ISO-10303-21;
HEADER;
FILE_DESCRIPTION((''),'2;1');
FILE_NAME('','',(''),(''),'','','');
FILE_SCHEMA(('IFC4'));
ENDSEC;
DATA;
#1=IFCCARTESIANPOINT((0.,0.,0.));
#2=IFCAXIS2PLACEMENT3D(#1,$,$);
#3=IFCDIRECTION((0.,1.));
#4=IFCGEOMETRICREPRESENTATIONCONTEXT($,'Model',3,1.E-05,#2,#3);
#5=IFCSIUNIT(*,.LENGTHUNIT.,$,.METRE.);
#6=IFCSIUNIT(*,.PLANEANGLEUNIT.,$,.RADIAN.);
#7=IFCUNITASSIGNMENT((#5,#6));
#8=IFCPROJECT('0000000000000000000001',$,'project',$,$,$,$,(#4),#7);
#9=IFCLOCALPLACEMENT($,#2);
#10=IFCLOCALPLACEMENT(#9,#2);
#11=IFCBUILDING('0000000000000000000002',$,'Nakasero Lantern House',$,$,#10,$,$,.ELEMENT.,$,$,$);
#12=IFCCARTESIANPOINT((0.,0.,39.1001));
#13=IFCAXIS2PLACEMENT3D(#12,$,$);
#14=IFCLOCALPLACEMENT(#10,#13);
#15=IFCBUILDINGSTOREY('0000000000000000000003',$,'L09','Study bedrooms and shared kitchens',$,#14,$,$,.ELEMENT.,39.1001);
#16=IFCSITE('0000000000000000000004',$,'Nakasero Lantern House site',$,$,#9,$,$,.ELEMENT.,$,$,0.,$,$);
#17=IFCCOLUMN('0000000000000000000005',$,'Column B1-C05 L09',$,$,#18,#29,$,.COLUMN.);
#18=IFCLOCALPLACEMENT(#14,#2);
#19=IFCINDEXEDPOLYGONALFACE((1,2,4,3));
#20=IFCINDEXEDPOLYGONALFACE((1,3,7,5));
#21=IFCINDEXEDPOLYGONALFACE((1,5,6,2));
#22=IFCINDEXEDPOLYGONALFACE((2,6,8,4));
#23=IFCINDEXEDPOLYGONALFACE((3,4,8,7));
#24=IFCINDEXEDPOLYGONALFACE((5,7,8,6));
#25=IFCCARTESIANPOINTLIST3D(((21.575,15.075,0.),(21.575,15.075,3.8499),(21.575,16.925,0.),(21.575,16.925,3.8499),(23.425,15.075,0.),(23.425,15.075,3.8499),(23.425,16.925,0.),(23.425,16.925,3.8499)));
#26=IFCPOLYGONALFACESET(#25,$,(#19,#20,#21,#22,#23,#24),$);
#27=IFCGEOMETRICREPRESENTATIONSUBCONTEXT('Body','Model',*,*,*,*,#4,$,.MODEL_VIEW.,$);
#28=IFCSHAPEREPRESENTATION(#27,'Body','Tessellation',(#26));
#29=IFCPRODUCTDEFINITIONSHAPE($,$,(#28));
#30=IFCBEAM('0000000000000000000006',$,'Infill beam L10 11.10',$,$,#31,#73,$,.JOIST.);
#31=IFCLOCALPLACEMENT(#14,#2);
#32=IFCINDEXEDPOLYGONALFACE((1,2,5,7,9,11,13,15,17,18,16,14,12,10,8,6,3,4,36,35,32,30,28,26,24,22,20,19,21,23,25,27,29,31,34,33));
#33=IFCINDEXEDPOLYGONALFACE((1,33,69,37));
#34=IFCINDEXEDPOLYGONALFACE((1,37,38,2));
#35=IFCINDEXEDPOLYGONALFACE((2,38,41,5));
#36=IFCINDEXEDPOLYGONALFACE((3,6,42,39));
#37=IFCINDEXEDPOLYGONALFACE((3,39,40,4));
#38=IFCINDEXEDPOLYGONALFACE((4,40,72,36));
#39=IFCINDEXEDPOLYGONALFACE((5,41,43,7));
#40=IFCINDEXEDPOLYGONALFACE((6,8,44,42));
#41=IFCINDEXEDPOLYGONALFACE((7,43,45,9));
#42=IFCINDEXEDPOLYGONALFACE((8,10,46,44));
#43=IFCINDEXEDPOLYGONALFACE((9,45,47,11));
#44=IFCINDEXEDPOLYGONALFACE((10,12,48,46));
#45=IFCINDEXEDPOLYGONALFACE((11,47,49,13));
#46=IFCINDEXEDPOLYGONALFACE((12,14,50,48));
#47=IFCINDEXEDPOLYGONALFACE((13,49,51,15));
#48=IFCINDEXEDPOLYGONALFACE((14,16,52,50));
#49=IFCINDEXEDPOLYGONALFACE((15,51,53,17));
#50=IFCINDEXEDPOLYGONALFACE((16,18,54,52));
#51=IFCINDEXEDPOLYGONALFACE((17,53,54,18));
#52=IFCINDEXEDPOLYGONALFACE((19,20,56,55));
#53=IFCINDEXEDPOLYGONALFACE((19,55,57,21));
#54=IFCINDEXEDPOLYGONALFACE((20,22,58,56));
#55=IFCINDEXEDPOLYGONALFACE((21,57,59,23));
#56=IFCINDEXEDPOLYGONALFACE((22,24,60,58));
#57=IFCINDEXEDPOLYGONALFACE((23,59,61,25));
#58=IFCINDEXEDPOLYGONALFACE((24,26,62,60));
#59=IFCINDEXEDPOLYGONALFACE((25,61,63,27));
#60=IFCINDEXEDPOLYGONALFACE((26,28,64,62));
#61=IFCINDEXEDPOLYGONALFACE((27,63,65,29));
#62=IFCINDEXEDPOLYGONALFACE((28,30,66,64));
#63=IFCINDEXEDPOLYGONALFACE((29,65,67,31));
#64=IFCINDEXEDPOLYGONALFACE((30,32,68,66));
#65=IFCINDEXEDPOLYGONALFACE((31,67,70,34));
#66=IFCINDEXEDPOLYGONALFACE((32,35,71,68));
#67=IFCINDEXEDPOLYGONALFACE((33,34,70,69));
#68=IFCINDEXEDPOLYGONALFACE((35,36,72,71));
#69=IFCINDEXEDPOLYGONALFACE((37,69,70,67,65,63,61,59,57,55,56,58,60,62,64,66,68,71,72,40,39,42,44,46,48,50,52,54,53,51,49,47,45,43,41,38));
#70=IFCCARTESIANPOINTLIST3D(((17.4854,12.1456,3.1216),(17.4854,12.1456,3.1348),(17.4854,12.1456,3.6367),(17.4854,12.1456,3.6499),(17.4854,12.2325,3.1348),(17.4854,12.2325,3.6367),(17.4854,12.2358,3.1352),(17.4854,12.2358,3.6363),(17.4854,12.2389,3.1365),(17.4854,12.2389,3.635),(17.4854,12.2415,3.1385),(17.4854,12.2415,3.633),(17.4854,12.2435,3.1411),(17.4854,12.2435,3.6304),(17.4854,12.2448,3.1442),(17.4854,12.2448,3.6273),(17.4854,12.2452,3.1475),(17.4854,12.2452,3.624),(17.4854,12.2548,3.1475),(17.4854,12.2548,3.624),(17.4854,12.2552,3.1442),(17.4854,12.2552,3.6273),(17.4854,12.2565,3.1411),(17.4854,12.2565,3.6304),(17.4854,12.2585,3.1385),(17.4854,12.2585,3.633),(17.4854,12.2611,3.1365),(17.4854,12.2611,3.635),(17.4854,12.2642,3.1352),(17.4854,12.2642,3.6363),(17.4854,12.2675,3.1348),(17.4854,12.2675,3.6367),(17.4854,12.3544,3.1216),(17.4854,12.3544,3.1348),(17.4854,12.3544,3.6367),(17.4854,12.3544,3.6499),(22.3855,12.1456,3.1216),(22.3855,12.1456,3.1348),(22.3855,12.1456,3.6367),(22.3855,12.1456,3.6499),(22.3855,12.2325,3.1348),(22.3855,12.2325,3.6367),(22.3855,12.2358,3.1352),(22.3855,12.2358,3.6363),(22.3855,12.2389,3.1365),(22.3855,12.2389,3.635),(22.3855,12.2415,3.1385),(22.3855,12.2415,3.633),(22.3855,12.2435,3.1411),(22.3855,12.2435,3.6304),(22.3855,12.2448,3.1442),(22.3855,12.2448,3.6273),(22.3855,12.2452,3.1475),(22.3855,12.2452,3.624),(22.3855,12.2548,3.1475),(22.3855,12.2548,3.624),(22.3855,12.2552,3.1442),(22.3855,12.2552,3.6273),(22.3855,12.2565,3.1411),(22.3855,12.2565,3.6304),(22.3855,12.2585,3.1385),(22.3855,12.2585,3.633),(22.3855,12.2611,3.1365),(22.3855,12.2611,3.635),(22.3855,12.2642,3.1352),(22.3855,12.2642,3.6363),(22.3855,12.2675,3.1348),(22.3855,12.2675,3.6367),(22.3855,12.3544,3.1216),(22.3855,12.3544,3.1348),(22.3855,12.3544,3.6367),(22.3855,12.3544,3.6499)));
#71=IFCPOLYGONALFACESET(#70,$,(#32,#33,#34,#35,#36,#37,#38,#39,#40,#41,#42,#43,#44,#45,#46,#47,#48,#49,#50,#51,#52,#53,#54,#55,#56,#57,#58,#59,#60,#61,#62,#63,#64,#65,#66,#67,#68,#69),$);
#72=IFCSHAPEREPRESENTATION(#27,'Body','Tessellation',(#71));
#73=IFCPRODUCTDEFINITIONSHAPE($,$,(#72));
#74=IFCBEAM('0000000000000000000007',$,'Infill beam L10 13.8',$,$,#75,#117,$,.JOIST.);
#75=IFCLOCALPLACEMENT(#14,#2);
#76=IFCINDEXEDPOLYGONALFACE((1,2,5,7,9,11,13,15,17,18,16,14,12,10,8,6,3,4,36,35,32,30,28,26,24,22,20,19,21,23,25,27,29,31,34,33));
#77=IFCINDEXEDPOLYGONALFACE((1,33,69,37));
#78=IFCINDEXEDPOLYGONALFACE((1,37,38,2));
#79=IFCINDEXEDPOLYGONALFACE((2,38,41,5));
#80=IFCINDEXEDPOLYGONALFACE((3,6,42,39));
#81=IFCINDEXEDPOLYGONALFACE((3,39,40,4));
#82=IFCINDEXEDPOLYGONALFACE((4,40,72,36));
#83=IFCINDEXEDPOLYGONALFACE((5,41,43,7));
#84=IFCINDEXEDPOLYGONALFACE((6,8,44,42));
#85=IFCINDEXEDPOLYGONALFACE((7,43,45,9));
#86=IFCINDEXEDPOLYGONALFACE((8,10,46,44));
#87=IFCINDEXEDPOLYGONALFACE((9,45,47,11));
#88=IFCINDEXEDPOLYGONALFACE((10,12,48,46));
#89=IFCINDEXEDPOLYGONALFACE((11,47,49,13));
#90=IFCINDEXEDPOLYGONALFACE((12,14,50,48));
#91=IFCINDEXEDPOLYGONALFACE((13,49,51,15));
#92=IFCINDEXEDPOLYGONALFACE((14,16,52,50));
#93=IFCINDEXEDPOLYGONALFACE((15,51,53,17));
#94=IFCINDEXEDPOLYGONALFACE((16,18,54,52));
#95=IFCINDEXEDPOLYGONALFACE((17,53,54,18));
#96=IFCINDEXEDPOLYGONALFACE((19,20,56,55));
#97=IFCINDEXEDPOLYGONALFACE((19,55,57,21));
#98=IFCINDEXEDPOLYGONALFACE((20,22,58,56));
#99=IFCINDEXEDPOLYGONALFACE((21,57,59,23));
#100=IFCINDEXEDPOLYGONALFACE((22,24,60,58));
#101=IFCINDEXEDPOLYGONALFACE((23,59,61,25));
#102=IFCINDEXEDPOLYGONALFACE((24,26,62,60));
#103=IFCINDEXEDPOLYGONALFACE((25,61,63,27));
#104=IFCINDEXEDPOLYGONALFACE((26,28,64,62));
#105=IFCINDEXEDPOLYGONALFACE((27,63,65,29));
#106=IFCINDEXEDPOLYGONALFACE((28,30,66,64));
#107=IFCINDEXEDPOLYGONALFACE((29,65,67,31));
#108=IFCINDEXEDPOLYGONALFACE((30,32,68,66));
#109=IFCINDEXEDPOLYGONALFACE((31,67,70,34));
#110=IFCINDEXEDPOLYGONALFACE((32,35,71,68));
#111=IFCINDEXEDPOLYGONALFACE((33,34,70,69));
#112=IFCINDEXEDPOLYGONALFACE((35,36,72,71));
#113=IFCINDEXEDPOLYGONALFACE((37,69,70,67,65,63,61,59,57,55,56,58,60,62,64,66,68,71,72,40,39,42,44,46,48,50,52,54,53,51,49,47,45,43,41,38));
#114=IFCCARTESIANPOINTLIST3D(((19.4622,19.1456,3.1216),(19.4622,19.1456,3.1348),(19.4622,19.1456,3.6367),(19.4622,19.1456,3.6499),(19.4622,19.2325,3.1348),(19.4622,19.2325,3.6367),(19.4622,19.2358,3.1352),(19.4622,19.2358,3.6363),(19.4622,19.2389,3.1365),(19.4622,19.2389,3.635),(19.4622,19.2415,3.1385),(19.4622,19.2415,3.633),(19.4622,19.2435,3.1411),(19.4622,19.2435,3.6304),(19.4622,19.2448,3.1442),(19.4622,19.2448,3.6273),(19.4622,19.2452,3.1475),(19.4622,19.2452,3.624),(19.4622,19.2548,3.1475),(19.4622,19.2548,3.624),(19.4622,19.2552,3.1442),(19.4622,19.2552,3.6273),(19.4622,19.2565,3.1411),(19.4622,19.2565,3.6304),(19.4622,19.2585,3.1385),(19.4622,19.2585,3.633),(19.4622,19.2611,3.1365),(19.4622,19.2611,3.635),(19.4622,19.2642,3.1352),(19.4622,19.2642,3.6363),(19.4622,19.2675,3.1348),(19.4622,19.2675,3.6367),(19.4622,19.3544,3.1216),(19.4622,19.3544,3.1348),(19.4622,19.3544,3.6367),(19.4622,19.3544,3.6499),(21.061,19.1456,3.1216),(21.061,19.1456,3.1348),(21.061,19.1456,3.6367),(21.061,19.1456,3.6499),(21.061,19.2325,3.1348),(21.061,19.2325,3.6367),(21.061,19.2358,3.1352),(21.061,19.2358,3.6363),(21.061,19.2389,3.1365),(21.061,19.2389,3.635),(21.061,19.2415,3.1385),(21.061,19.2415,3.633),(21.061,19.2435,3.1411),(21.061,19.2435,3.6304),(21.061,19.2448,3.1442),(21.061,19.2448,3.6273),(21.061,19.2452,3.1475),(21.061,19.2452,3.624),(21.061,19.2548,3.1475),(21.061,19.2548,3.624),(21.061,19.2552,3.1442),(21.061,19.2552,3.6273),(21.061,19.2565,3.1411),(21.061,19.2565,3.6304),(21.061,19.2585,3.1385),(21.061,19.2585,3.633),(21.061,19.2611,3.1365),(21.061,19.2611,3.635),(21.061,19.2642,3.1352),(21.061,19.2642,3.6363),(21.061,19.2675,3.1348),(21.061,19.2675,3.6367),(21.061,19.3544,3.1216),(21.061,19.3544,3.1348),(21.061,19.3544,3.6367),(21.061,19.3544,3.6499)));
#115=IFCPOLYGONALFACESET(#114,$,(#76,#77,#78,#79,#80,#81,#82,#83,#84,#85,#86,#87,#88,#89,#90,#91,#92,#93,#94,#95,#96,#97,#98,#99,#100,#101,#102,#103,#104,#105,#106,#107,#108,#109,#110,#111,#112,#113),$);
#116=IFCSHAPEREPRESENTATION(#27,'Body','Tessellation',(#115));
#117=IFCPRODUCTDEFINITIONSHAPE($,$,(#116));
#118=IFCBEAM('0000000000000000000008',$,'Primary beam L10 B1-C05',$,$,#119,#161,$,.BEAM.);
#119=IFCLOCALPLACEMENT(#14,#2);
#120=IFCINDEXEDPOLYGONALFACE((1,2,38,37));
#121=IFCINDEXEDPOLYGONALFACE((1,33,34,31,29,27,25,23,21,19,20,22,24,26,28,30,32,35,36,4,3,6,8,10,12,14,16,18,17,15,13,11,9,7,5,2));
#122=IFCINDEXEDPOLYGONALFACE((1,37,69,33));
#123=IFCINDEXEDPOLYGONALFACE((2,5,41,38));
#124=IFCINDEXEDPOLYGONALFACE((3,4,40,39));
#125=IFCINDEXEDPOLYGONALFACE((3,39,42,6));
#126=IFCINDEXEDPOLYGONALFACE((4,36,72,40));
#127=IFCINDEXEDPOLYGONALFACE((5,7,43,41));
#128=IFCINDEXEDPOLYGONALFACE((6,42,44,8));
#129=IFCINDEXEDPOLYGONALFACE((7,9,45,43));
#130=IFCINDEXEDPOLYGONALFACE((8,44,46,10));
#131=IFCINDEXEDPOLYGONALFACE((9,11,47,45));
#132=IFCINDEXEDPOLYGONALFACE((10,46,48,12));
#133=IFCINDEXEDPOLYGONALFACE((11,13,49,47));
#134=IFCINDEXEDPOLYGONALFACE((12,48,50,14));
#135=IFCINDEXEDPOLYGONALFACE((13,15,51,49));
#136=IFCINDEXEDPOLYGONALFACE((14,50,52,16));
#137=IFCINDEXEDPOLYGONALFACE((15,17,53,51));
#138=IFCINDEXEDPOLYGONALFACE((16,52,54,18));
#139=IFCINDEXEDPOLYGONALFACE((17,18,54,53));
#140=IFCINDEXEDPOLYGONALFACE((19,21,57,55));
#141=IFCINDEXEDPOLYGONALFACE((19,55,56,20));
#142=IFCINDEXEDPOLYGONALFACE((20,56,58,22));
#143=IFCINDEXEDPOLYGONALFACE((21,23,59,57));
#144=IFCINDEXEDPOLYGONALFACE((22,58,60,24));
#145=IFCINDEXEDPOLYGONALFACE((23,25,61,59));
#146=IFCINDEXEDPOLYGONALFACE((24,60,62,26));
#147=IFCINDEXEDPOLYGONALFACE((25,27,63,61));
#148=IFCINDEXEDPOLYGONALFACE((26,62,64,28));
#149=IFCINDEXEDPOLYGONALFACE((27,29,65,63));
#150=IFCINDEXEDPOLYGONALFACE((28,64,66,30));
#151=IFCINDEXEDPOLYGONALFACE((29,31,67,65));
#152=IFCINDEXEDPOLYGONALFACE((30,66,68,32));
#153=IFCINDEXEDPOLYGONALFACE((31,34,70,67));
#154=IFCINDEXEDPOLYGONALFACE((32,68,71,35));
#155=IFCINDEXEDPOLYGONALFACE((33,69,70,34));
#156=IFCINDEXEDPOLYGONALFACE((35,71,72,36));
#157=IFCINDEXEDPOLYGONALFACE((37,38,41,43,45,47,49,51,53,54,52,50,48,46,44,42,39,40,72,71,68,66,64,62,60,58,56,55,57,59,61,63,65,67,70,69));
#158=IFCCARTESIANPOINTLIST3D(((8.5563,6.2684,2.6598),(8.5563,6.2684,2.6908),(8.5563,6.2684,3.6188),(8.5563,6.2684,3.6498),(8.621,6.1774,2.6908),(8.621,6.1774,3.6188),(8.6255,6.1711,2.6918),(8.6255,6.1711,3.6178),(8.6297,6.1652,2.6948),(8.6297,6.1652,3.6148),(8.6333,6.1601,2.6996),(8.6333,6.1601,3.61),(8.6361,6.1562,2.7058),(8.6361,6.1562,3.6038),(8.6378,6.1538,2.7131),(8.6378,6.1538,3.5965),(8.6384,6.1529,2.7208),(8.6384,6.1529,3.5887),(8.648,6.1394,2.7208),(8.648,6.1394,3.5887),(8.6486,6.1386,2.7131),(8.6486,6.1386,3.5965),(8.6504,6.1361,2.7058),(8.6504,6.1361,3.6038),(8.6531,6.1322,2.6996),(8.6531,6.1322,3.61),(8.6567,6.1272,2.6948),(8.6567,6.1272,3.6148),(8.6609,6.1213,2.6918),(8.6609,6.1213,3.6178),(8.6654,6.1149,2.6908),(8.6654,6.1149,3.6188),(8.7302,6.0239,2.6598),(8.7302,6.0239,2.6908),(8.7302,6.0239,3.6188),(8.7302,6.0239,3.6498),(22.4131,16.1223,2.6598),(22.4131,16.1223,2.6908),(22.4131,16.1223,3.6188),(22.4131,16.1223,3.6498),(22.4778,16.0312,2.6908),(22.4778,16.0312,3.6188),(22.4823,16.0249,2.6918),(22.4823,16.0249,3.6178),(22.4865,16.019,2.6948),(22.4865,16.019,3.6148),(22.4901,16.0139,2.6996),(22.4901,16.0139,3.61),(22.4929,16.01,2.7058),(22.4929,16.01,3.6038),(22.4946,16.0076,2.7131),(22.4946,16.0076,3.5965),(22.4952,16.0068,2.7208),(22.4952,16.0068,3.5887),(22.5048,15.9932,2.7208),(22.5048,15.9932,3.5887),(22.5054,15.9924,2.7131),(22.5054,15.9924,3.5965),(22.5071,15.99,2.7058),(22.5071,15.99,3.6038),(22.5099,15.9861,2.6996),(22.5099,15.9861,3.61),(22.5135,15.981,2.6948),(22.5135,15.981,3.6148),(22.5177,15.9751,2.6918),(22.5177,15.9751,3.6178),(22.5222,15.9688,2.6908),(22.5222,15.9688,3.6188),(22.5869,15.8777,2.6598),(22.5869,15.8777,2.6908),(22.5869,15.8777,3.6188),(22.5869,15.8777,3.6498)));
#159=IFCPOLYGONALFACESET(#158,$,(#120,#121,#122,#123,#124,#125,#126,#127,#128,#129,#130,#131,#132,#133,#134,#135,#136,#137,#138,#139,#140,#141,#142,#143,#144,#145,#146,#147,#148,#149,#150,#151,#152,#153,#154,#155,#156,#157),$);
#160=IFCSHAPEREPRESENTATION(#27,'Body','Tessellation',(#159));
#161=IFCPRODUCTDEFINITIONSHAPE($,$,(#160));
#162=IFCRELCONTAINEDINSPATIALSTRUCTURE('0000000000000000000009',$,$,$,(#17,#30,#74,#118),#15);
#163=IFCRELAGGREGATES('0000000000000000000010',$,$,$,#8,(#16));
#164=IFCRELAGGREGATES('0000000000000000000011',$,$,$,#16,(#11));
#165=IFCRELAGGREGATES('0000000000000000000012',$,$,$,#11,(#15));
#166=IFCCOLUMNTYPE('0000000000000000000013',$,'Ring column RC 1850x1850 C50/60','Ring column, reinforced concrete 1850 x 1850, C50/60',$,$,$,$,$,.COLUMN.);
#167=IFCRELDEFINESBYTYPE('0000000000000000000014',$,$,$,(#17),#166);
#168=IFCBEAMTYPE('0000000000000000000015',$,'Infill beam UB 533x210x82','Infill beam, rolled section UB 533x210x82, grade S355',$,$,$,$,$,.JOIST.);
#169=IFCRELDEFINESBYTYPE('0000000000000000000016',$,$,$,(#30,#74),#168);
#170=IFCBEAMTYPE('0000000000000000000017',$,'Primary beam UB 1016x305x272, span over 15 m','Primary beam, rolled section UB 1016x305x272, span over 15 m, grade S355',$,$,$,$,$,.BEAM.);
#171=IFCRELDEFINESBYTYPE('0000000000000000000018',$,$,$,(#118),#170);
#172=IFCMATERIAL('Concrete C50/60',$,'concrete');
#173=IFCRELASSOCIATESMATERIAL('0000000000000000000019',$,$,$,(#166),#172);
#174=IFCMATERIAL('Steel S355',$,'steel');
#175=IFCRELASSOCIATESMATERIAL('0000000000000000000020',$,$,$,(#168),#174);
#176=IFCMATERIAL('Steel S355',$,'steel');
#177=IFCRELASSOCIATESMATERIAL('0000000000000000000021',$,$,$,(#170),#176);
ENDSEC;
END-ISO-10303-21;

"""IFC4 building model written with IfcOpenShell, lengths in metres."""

from ifc_helpers import new_model, si_unit, direction, frame, origin, origin_2d, place, context, subcontext, project, spatial, rectangle, i_section, extrude, material, material_profile, profile_set, type_object, element, save


model = new_model("IFC4")

# Units and contexts
model_context = context("Model", 3, precision=1e-05, world=origin(), true_north=direction((0.0, 1.0)))
body_context = subcontext(model_context, "Body", "Model", "MODEL_VIEW")
ifc_project = project(units=[si_unit("LENGTHUNIT", "METRE"), si_unit("PLANEANGLEUNIT", "RADIAN")], contexts=[model_context])

# Site, building, storey
site_placement = place(None, origin())
site = spatial("IfcSite", under=ifc_project, at=site_placement, Name="Nakasero Lantern House site", CompositionType="ELEMENT", RefElevation=0.0)
building_placement = place(site_placement, origin())
building = spatial("IfcBuilding", under=site, at=building_placement, Name="Nakasero Lantern House", CompositionType="ELEMENT")
storey_placement = place(building_placement, frame((0.0, 0.0, 39.1001)))
storey = spatial("IfcBuildingStorey", under=building, at=storey_placement, Name="L09", Description="Study bedrooms and shared kitchens", CompositionType="ELEMENT", Elevation=39.1001)

# Column
ifc_material_1 = material(Name="Concrete C50/60", Category="concrete")
ifc_material_profile_1 = material_profile(ifc_material_1, rectangle(XDim=1.8501, YDim=1.8501, at=origin_2d()), Name="RC 1850x1850")
ifc_profile_set_1 = profile_set([ifc_material_profile_1], Name="Concrete C50/60")
column_type = type_object("IfcColumnType", Name="Ring column RC 1850x1850 C50/60", Description="Ring column, reinforced concrete 1850 x 1850, C50/60", PredefinedType="COLUMN", material=ifc_profile_set_1)
column_placement = place(storey_placement, frame((22.5, 16.0, 0.0), z_axis=(0.0, 0.0, 1.0), x_axis=(1.0, 0.0, 0.0)))
element("IfcColumn", 1, at=column_placement, inside=storey, type_object=column_type, Name="Column B1-C05 L09", PredefinedType="COLUMN", context=body_context, shape_type="SweptSolid", body=[
    extrude(rectangle(XDim=1.8501, YDim=1.8501, at=origin_2d()), origin(), (0.0, 0.0, 1.0), 3.8499),
])

# Beams
ifc_material_2 = material(Name="Steel S355", Category="steel")
ifc_material_profile_2 = material_profile(ifc_material_2, i_section(OverallWidth=0.2087, OverallDepth=0.5283, WebThickness=0.0095, FlangeThickness=0.0132, FilletRadius=0.0127, at=origin_2d()), Name="UB 533x210x82")
ifc_profile_set_2 = profile_set([ifc_material_profile_2], Name="Steel S355")
beam_type_1 = type_object("IfcBeamType", Name="Infill beam UB 533x210x82", Description="Infill beam, rolled section UB 533x210x82, grade S355", PredefinedType="JOIST", material=ifc_profile_set_2)
beam_1_placement = place(storey_placement, frame((17.4854, 12.25, 3.3857), z_axis=(1.0, 0.0, 0.0), x_axis=(0.0, 1.0, 0.0)))
element("IfcBeam", 2, at=beam_1_placement, inside=storey, type_object=beam_type_1, Name="Infill beam L10 11.10", PredefinedType="JOIST", context=body_context, shape_type="SweptSolid", body=[
    extrude(i_section(OverallWidth=0.2087, OverallDepth=0.5283, WebThickness=0.0095, FlangeThickness=0.0132, FilletRadius=0.0127, at=origin_2d()), origin(), (0.0, 0.0, 1.0), 4.9001),
])
beam_2_placement = place(storey_placement, frame((19.4622, 19.25, 3.3857), z_axis=(1.0, 0.0, 0.0), x_axis=(0.0, 1.0, 0.0)))
element("IfcBeam", 3, at=beam_2_placement, inside=storey, type_object=beam_type_1, Name="Infill beam L10 13.8", PredefinedType="JOIST", context=body_context, shape_type="SweptSolid", body=[
    extrude(i_section(OverallWidth=0.2087, OverallDepth=0.5283, WebThickness=0.0095, FlangeThickness=0.0132, FilletRadius=0.0127, at=origin_2d()), origin(), (0.0, 0.0, 1.0), 1.5989),
])
ifc_material_3 = material(Name="Steel S355", Category="steel")
ifc_material_profile_3 = material_profile(ifc_material_3, i_section(OverallWidth=0.3, OverallDepth=0.99, WebThickness=0.0166, FlangeThickness=0.031, FilletRadius=0.03, at=origin_2d()), Name="UB 1016x305x272")
ifc_profile_set_3 = profile_set([ifc_material_profile_3], Name="Steel S355")
beam_type_2 = type_object("IfcBeamType", Name="Primary beam UB 1016x305x272, span over 15 m", Description="Primary beam, rolled section UB 1016x305x272, span over 15 m, grade S355", PredefinedType="BEAM", material=ifc_profile_set_3)
beam_3_placement = place(storey_placement, frame((22.5, 16.0, 3.1548), z_axis=(-0.814952, -0.579528, 0.0), x_axis=(0.579528, -0.814952, 0.0)))
element("IfcBeam", 4, at=beam_3_placement, inside=storey, type_object=beam_type_2, Name="Primary beam L10 B1-C05", PredefinedType="BEAM", context=body_context, shape_type="SweptSolid", body=[
    extrude(i_section(OverallWidth=0.3, OverallDepth=0.99, WebThickness=0.0166, FlangeThickness=0.031, FilletRadius=0.03, at=origin_2d()), origin(), (0.0, 0.0, 1.0), 17.0032),
])

save(model, "model.ifc")
